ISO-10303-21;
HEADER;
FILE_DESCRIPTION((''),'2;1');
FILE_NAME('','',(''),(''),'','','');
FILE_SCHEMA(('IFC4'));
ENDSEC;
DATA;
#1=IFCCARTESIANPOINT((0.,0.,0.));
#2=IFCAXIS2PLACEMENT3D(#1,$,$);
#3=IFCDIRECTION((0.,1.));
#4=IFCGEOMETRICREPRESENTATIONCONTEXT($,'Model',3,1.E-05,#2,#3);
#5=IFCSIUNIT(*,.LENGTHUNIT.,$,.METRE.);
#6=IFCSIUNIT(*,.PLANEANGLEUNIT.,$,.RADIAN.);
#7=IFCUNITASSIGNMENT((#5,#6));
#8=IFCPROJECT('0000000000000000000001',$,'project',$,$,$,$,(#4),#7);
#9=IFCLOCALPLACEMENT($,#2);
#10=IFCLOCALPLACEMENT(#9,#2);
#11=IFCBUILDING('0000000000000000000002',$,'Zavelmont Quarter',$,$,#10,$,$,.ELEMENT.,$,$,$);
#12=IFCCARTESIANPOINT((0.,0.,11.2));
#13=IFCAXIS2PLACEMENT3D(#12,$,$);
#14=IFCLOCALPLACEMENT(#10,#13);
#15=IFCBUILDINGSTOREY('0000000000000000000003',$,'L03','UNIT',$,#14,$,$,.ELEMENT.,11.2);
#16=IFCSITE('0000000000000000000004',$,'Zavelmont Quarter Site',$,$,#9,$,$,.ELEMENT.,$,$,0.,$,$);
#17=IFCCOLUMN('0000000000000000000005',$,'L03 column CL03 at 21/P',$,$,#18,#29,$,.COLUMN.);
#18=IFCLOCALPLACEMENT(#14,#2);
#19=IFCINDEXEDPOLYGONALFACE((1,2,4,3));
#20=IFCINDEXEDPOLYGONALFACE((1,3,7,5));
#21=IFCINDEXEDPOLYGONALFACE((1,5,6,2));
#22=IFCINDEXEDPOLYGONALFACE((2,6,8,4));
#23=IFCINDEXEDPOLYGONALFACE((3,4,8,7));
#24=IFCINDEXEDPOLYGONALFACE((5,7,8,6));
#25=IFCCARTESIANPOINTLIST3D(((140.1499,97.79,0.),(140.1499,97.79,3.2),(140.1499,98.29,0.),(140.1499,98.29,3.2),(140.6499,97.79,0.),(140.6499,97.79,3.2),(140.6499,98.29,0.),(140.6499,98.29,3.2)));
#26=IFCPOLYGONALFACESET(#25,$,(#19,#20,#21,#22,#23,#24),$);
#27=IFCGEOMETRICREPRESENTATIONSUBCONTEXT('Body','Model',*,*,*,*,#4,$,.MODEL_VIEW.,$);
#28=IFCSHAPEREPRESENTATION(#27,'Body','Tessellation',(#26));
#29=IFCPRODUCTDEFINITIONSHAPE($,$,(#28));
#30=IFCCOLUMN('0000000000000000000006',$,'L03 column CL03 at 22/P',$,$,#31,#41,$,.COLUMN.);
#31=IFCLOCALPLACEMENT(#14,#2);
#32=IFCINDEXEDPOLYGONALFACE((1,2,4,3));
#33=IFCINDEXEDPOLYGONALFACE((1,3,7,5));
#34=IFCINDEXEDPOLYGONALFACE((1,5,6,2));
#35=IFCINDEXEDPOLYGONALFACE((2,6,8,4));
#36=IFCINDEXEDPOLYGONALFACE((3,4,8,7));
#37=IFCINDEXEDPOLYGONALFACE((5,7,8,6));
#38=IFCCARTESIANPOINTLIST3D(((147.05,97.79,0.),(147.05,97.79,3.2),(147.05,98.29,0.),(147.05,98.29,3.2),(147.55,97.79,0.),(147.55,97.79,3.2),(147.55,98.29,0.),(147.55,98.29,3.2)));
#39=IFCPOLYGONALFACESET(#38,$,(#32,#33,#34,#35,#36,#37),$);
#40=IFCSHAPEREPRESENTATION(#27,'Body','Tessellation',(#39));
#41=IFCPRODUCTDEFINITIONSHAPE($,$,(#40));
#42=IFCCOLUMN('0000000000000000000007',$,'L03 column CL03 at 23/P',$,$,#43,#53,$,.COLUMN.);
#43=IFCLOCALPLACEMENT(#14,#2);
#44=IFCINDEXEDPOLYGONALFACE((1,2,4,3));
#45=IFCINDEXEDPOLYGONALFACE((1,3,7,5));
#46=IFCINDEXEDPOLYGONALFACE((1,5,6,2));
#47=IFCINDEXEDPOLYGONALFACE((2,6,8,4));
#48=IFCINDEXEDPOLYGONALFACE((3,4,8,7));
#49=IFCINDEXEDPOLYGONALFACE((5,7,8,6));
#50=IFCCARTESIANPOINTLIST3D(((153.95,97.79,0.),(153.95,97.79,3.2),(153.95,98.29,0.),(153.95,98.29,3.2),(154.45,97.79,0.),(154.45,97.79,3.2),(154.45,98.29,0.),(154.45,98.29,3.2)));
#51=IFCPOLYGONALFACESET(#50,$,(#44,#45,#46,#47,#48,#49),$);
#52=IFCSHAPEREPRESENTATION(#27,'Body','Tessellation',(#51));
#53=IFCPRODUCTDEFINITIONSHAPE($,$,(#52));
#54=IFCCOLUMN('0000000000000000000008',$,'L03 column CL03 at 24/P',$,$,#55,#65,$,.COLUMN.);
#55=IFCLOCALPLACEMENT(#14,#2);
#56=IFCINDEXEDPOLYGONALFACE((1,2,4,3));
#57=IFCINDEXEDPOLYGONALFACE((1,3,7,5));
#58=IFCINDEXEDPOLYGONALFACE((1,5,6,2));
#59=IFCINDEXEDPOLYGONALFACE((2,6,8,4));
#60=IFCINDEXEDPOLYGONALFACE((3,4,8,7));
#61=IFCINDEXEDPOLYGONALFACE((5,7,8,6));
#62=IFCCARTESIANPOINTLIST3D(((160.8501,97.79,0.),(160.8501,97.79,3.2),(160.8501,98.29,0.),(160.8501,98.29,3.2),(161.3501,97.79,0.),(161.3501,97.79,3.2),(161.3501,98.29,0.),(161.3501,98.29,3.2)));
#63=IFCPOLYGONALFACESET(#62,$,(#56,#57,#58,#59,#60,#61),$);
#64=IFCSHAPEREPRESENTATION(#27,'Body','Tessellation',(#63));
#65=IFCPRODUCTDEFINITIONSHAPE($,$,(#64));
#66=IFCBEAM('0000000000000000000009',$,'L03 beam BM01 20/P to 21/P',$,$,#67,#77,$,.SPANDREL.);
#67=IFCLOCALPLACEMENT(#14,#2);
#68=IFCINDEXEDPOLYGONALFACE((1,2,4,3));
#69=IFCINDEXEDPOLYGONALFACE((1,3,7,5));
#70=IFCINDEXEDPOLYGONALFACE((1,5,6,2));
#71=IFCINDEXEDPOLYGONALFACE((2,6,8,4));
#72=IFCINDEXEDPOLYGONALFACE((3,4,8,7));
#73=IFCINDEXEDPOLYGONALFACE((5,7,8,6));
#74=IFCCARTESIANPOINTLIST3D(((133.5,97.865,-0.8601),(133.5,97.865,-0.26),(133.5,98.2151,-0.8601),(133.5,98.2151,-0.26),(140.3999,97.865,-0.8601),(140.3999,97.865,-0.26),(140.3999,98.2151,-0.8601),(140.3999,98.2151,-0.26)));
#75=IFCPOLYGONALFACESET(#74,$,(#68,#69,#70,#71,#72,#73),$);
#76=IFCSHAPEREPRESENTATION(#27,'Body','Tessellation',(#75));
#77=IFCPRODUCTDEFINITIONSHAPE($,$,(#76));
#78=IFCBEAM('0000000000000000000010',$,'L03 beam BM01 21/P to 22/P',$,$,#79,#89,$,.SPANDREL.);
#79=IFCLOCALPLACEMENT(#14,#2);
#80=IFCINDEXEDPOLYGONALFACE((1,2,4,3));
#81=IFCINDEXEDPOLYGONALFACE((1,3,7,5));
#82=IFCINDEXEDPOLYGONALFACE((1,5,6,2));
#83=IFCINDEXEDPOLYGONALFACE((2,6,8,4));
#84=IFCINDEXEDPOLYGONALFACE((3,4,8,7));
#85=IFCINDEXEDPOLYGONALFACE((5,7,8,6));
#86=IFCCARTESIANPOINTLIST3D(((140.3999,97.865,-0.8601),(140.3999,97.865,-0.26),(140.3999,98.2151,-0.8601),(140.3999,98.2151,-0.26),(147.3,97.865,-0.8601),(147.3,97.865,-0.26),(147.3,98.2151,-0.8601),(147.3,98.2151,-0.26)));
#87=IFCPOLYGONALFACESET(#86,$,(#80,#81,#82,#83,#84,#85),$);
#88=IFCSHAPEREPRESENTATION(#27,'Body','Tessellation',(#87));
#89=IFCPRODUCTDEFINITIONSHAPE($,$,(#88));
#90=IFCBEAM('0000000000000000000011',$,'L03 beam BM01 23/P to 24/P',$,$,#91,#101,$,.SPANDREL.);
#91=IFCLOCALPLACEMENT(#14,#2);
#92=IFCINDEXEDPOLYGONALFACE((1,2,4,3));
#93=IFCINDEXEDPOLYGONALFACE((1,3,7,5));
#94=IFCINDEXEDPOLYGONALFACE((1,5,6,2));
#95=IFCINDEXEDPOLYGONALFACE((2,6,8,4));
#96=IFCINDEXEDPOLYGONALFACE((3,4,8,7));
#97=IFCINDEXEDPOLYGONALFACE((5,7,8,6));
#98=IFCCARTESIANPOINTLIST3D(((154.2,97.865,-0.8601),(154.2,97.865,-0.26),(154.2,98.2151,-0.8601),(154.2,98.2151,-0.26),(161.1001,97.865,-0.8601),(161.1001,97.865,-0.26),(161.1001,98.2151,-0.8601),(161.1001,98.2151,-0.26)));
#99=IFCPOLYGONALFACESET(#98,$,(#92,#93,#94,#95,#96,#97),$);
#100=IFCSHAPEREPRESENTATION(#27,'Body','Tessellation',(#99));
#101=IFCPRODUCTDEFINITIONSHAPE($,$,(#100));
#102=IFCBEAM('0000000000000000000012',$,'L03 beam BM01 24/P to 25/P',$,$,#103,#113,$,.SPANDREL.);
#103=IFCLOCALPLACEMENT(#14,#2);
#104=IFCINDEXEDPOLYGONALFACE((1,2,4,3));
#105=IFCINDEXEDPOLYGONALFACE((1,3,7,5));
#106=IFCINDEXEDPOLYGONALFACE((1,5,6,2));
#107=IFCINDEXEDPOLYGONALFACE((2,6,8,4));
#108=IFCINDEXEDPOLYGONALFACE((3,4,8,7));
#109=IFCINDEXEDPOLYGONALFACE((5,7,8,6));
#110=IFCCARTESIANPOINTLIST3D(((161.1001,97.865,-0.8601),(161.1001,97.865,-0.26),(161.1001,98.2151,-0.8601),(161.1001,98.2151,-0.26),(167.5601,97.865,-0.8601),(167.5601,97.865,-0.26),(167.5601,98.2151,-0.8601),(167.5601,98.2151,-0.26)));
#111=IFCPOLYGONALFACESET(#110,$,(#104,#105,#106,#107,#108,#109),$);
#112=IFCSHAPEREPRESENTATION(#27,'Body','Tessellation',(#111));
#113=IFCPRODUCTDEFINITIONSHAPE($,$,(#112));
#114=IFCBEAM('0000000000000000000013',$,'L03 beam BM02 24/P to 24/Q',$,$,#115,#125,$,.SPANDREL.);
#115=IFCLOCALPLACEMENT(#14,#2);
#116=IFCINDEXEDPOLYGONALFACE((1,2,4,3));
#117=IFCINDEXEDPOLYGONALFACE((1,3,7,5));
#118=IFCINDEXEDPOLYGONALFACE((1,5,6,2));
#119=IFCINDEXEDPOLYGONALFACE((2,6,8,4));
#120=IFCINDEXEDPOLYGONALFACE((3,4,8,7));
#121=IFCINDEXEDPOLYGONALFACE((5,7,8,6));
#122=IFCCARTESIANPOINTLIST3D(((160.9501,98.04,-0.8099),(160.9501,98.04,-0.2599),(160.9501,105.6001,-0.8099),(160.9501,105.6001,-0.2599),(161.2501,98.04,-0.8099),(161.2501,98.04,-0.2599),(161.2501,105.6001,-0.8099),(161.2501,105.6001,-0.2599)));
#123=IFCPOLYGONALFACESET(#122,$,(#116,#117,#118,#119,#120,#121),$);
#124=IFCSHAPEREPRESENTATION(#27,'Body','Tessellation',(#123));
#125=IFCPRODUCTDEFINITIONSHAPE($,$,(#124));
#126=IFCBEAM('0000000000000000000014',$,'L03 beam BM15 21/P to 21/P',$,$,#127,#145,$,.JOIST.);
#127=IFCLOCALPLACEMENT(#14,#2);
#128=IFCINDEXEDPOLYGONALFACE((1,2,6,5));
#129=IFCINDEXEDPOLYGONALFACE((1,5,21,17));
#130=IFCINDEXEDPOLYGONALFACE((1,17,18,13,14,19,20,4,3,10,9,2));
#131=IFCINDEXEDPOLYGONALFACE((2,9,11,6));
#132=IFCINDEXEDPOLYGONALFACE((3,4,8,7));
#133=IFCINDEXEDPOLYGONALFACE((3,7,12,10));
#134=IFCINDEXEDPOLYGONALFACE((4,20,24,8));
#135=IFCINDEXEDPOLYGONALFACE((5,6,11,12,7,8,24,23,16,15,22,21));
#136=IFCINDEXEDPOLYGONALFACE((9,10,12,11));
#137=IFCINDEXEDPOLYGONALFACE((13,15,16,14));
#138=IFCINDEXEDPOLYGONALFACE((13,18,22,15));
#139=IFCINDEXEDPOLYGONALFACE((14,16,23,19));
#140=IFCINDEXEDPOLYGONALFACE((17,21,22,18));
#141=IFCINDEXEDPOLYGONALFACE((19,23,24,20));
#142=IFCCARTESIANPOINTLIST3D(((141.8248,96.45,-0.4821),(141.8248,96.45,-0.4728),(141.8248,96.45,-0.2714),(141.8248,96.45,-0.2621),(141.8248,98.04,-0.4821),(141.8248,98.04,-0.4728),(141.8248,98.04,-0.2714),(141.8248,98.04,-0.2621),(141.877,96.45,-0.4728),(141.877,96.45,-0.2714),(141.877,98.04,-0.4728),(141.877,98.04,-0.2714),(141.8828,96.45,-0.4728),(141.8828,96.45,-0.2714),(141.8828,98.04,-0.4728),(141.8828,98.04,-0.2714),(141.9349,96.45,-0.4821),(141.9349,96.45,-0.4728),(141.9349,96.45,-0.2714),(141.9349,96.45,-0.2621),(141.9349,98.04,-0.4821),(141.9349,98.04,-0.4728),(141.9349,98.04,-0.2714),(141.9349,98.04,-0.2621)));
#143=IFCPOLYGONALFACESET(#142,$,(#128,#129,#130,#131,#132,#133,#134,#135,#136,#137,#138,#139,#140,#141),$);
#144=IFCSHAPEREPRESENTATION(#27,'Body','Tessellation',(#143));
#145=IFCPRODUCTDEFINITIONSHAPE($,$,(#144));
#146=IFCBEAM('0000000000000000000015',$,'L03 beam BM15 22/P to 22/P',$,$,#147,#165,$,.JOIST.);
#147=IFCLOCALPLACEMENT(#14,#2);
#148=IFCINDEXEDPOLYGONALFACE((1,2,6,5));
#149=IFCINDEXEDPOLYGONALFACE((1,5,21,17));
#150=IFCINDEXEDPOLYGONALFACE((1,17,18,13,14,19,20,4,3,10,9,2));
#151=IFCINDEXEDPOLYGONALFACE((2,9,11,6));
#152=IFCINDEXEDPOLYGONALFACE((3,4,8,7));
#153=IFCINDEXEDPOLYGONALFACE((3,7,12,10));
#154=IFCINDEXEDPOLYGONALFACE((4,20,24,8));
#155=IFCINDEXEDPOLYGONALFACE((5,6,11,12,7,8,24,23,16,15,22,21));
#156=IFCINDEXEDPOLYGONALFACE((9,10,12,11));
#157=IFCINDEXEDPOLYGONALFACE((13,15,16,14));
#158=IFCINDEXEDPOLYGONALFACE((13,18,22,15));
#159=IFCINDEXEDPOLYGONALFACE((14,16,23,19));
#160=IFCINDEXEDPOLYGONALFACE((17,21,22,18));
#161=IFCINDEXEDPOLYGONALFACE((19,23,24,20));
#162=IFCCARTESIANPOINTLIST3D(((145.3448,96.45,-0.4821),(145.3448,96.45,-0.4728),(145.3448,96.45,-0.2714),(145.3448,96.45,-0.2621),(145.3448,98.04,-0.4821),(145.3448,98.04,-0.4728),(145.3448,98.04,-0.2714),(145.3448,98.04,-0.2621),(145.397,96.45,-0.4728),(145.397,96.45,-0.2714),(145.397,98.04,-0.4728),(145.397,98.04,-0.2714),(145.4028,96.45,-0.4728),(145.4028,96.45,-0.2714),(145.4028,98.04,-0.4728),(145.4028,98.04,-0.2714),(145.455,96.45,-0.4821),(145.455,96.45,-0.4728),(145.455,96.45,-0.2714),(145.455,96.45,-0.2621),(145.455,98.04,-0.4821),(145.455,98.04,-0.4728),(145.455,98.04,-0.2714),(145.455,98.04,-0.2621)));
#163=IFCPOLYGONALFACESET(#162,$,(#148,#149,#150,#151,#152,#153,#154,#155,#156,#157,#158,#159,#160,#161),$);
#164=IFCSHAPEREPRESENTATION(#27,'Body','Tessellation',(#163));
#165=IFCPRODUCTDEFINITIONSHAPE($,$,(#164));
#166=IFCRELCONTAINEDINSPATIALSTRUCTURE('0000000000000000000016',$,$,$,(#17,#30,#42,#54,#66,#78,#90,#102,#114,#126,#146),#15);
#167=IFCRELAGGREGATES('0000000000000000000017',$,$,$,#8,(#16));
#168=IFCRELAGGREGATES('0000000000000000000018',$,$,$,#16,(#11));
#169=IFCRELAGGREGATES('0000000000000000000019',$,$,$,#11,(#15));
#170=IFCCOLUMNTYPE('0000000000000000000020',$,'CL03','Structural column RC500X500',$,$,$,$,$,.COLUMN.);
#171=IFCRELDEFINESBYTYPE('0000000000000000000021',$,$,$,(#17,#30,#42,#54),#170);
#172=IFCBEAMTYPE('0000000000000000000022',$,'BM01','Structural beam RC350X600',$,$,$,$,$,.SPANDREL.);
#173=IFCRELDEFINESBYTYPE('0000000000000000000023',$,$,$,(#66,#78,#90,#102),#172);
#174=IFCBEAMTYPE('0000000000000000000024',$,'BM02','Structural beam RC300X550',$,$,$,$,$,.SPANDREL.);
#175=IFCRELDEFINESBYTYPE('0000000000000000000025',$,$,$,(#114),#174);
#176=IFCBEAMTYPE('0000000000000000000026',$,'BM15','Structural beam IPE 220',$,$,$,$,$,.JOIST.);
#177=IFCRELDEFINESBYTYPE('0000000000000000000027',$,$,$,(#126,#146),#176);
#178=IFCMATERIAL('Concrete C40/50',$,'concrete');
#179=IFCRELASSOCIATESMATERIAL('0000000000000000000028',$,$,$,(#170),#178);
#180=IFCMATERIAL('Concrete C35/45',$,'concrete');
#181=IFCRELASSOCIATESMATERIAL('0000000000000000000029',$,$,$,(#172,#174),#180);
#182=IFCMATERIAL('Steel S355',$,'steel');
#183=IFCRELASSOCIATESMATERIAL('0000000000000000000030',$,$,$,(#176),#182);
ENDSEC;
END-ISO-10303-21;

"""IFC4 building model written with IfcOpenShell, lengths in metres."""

from ifc_helpers import new_model, si_unit, direction, frame, origin, origin_2d, place, context, subcontext, project, spatial, rectangle, i_section, extrude, material, material_profile, profile_set, type_object, element, save


model = new_model("IFC4")

# Units and contexts
model_context = context("Model", 3, precision=1e-05, world=origin(), true_north=direction((0.0, 1.0)))
body_context = subcontext(model_context, "Body", "Model", "MODEL_VIEW")
ifc_project = project(units=[si_unit("LENGTHUNIT", "METRE"), si_unit("PLANEANGLEUNIT", "RADIAN")], contexts=[model_context])

# Site, building, storey
site_placement = place(None, origin())
site = spatial("IfcSite", under=ifc_project, at=site_placement, Name="Zavelmont Quarter Site", CompositionType="ELEMENT", RefElevation=0.0)
building_placement = place(site_placement, origin())
building = spatial("IfcBuilding", under=site, at=building_placement, Name="Zavelmont Quarter", CompositionType="ELEMENT")
storey_placement = place(building_placement, frame((0.0, 0.0, 11.2)))
storey = spatial("IfcBuildingStorey", under=building, at=storey_placement, Name="L03", Description="UNIT", CompositionType="ELEMENT", Elevation=11.2)

# Columns
ifc_material_1 = material(Name="Concrete C40/50", Category="concrete")
ifc_material_profile_1 = material_profile(ifc_material_1, rectangle(XDim=0.5, YDim=0.5, at=origin_2d()), Name="RC500X500")
ifc_profile_set_1 = profile_set([ifc_material_profile_1], Name="Concrete C40/50")
column_type = type_object("IfcColumnType", Name="CL03", Description="Structural column RC500X500", PredefinedType="COLUMN", material=ifc_profile_set_1)
for number, where, z_axis, x_axis, name in (
    (1, (140.3999, 98.04, 0.0), (0.0, 0.0, 1.0), (1.0, 0.0, 0.0), "L03 column CL03 at 21/P"),
    (2, (147.3, 98.04, 0.0), (0.0, 0.0, 1.0), (1.0, 0.0, 0.0), "L03 column CL03 at 22/P"),
    (3, (154.2, 98.04, 0.0), (0.0, 0.0, 1.0), (1.0, 0.0, 0.0), "L03 column CL03 at 23/P"),
    (4, (161.1001, 98.04, 0.0), (0.0, 0.0, 1.0), (1.0, 0.0, 0.0), "L03 column CL03 at 24/P"),
):
    element("IfcColumn", number, at=place(storey_placement, frame(where, z_axis=z_axis, x_axis=x_axis)), inside=storey, type_object=column_type, Name=name, PredefinedType="COLUMN", context=body_context, shape_type="SweptSolid", body=[
        extrude(rectangle(XDim=0.5, YDim=0.5, at=origin_2d()), origin(), (0.0, 0.0, 1.0), 3.2),
    ])

# Beams
ifc_material_2 = material(Name="Concrete C35/45", Category="concrete")
ifc_material_profile_2 = material_profile(ifc_material_2, rectangle(XDim=0.3501, YDim=0.6001, at=origin_2d()), Name="RC350X600")
ifc_profile_set_2 = profile_set([ifc_material_profile_2], Name="Concrete C35/45")
beam_type_1 = type_object("IfcBeamType", Name="BM01", Description="Structural beam RC350X600", PredefinedType="SPANDREL", material=ifc_profile_set_2)
beam_1_placement = place(storey_placement, frame((133.5, 98.04, -0.5601), z_axis=(1.0, 0.0, 0.0), x_axis=(0.0, 1.0, 0.0)))
element("IfcBeam", 5, at=beam_1_placement, inside=storey, type_object=beam_type_1, Name="L03 beam BM01 20/P to 21/P", PredefinedType="SPANDREL", context=body_context, shape_type="SweptSolid", body=[
    extrude(rectangle(XDim=0.3501, YDim=0.6001, at=origin_2d()), origin(), (0.0, 0.0, 1.0), 6.8999),
])
for number, where, z_axis, x_axis, name in (
    (6, (140.3999, 98.04, -0.5601), (1.0, 0.0, 0.0), (0.0, 1.0, 0.0), "L03 beam BM01 21/P to 22/P"),
    (7, (154.2, 98.04, -0.5601), (1.0, 0.0, 0.0), (0.0, 1.0, 0.0), "L03 beam BM01 23/P to 24/P"),
):
    element("IfcBeam", number, at=place(storey_placement, frame(where, z_axis=z_axis, x_axis=x_axis)), inside=storey, type_object=beam_type_1, Name=name, PredefinedType="SPANDREL", context=body_context, shape_type="SweptSolid", body=[
        extrude(rectangle(XDim=0.3501, YDim=0.6001, at=origin_2d()), origin(), (0.0, 0.0, 1.0), 6.9001),
    ])
beam_2_placement = place(storey_placement, frame((161.1001, 98.04, -0.5601), z_axis=(1.0, 0.0, 0.0), x_axis=(0.0, 1.0, 0.0)))
element("IfcBeam", 8, at=beam_2_placement, inside=storey, type_object=beam_type_1, Name="L03 beam BM01 24/P to 25/P", PredefinedType="SPANDREL", context=body_context, shape_type="SweptSolid", body=[
    extrude(rectangle(XDim=0.3501, YDim=0.6001, at=origin_2d()), origin(), (0.0, 0.0, 1.0), 6.46),
])
ifc_material_profile_3 = material_profile(ifc_material_2, rectangle(XDim=0.3, YDim=0.55, at=origin_2d()), Name="RC300X550")
ifc_profile_set_3 = profile_set([ifc_material_profile_3], Name="Concrete C35/45")
beam_type_2 = type_object("IfcBeamType", Name="BM02", Description="Structural beam RC300X550", PredefinedType="SPANDREL", material=ifc_profile_set_3)
beam_3_placement = place(storey_placement, frame((161.1001, 98.04, -0.5349), z_axis=(0.0, 1.0, 0.0), x_axis=(-1.0, 0.0, 0.0)))
element("IfcBeam", 9, at=beam_3_placement, inside=storey, type_object=beam_type_2, Name="L03 beam BM02 24/P to 24/Q", PredefinedType="SPANDREL", context=body_context, shape_type="SweptSolid", body=[
    extrude(rectangle(XDim=0.3, YDim=0.55, at=origin_2d()), origin(), (0.0, 0.0, 1.0), 7.5601),
])
ifc_material_3 = material(Name="Steel S355", Category="steel")
ifc_material_profile_4 = material_profile(ifc_material_3, i_section(OverallWidth=0.1101, OverallDepth=0.22, WebThickness=0.0059, FlangeThickness=0.0093, at=origin_2d()), Name="IPE 220")
ifc_profile_set_4 = profile_set([ifc_material_profile_4], Name="Steel S355")
beam_type_3 = type_object("IfcBeamType", Name="BM15", Description="Structural beam IPE 220", PredefinedType="JOIST", material=ifc_profile_set_4)
for number, where, z_axis, x_axis, name in (
    (10, (141.8799, 98.04, -0.3721), (0.0, -1.0, 0.0), (1.0, 0.0, 0.0), "L03 beam BM15 21/P to 21/P"),
    (11, (145.3999, 98.04, -0.3721), (0.0, -1.0, 0.0), (1.0, 0.0, 0.0), "L03 beam BM15 22/P to 22/P"),
):
    element("IfcBeam", number, at=place(storey_placement, frame(where, z_axis=z_axis, x_axis=x_axis)), inside=storey, type_object=beam_type_3, Name=name, PredefinedType="JOIST", context=body_context, shape_type="SweptSolid", body=[
        extrude(i_section(OverallWidth=0.1101, OverallDepth=0.22, WebThickness=0.0059, FlangeThickness=0.0093, at=origin_2d()), origin(), (0.0, 0.0, 1.0), 1.5901),
    ])

save(model, "model.ifc")
